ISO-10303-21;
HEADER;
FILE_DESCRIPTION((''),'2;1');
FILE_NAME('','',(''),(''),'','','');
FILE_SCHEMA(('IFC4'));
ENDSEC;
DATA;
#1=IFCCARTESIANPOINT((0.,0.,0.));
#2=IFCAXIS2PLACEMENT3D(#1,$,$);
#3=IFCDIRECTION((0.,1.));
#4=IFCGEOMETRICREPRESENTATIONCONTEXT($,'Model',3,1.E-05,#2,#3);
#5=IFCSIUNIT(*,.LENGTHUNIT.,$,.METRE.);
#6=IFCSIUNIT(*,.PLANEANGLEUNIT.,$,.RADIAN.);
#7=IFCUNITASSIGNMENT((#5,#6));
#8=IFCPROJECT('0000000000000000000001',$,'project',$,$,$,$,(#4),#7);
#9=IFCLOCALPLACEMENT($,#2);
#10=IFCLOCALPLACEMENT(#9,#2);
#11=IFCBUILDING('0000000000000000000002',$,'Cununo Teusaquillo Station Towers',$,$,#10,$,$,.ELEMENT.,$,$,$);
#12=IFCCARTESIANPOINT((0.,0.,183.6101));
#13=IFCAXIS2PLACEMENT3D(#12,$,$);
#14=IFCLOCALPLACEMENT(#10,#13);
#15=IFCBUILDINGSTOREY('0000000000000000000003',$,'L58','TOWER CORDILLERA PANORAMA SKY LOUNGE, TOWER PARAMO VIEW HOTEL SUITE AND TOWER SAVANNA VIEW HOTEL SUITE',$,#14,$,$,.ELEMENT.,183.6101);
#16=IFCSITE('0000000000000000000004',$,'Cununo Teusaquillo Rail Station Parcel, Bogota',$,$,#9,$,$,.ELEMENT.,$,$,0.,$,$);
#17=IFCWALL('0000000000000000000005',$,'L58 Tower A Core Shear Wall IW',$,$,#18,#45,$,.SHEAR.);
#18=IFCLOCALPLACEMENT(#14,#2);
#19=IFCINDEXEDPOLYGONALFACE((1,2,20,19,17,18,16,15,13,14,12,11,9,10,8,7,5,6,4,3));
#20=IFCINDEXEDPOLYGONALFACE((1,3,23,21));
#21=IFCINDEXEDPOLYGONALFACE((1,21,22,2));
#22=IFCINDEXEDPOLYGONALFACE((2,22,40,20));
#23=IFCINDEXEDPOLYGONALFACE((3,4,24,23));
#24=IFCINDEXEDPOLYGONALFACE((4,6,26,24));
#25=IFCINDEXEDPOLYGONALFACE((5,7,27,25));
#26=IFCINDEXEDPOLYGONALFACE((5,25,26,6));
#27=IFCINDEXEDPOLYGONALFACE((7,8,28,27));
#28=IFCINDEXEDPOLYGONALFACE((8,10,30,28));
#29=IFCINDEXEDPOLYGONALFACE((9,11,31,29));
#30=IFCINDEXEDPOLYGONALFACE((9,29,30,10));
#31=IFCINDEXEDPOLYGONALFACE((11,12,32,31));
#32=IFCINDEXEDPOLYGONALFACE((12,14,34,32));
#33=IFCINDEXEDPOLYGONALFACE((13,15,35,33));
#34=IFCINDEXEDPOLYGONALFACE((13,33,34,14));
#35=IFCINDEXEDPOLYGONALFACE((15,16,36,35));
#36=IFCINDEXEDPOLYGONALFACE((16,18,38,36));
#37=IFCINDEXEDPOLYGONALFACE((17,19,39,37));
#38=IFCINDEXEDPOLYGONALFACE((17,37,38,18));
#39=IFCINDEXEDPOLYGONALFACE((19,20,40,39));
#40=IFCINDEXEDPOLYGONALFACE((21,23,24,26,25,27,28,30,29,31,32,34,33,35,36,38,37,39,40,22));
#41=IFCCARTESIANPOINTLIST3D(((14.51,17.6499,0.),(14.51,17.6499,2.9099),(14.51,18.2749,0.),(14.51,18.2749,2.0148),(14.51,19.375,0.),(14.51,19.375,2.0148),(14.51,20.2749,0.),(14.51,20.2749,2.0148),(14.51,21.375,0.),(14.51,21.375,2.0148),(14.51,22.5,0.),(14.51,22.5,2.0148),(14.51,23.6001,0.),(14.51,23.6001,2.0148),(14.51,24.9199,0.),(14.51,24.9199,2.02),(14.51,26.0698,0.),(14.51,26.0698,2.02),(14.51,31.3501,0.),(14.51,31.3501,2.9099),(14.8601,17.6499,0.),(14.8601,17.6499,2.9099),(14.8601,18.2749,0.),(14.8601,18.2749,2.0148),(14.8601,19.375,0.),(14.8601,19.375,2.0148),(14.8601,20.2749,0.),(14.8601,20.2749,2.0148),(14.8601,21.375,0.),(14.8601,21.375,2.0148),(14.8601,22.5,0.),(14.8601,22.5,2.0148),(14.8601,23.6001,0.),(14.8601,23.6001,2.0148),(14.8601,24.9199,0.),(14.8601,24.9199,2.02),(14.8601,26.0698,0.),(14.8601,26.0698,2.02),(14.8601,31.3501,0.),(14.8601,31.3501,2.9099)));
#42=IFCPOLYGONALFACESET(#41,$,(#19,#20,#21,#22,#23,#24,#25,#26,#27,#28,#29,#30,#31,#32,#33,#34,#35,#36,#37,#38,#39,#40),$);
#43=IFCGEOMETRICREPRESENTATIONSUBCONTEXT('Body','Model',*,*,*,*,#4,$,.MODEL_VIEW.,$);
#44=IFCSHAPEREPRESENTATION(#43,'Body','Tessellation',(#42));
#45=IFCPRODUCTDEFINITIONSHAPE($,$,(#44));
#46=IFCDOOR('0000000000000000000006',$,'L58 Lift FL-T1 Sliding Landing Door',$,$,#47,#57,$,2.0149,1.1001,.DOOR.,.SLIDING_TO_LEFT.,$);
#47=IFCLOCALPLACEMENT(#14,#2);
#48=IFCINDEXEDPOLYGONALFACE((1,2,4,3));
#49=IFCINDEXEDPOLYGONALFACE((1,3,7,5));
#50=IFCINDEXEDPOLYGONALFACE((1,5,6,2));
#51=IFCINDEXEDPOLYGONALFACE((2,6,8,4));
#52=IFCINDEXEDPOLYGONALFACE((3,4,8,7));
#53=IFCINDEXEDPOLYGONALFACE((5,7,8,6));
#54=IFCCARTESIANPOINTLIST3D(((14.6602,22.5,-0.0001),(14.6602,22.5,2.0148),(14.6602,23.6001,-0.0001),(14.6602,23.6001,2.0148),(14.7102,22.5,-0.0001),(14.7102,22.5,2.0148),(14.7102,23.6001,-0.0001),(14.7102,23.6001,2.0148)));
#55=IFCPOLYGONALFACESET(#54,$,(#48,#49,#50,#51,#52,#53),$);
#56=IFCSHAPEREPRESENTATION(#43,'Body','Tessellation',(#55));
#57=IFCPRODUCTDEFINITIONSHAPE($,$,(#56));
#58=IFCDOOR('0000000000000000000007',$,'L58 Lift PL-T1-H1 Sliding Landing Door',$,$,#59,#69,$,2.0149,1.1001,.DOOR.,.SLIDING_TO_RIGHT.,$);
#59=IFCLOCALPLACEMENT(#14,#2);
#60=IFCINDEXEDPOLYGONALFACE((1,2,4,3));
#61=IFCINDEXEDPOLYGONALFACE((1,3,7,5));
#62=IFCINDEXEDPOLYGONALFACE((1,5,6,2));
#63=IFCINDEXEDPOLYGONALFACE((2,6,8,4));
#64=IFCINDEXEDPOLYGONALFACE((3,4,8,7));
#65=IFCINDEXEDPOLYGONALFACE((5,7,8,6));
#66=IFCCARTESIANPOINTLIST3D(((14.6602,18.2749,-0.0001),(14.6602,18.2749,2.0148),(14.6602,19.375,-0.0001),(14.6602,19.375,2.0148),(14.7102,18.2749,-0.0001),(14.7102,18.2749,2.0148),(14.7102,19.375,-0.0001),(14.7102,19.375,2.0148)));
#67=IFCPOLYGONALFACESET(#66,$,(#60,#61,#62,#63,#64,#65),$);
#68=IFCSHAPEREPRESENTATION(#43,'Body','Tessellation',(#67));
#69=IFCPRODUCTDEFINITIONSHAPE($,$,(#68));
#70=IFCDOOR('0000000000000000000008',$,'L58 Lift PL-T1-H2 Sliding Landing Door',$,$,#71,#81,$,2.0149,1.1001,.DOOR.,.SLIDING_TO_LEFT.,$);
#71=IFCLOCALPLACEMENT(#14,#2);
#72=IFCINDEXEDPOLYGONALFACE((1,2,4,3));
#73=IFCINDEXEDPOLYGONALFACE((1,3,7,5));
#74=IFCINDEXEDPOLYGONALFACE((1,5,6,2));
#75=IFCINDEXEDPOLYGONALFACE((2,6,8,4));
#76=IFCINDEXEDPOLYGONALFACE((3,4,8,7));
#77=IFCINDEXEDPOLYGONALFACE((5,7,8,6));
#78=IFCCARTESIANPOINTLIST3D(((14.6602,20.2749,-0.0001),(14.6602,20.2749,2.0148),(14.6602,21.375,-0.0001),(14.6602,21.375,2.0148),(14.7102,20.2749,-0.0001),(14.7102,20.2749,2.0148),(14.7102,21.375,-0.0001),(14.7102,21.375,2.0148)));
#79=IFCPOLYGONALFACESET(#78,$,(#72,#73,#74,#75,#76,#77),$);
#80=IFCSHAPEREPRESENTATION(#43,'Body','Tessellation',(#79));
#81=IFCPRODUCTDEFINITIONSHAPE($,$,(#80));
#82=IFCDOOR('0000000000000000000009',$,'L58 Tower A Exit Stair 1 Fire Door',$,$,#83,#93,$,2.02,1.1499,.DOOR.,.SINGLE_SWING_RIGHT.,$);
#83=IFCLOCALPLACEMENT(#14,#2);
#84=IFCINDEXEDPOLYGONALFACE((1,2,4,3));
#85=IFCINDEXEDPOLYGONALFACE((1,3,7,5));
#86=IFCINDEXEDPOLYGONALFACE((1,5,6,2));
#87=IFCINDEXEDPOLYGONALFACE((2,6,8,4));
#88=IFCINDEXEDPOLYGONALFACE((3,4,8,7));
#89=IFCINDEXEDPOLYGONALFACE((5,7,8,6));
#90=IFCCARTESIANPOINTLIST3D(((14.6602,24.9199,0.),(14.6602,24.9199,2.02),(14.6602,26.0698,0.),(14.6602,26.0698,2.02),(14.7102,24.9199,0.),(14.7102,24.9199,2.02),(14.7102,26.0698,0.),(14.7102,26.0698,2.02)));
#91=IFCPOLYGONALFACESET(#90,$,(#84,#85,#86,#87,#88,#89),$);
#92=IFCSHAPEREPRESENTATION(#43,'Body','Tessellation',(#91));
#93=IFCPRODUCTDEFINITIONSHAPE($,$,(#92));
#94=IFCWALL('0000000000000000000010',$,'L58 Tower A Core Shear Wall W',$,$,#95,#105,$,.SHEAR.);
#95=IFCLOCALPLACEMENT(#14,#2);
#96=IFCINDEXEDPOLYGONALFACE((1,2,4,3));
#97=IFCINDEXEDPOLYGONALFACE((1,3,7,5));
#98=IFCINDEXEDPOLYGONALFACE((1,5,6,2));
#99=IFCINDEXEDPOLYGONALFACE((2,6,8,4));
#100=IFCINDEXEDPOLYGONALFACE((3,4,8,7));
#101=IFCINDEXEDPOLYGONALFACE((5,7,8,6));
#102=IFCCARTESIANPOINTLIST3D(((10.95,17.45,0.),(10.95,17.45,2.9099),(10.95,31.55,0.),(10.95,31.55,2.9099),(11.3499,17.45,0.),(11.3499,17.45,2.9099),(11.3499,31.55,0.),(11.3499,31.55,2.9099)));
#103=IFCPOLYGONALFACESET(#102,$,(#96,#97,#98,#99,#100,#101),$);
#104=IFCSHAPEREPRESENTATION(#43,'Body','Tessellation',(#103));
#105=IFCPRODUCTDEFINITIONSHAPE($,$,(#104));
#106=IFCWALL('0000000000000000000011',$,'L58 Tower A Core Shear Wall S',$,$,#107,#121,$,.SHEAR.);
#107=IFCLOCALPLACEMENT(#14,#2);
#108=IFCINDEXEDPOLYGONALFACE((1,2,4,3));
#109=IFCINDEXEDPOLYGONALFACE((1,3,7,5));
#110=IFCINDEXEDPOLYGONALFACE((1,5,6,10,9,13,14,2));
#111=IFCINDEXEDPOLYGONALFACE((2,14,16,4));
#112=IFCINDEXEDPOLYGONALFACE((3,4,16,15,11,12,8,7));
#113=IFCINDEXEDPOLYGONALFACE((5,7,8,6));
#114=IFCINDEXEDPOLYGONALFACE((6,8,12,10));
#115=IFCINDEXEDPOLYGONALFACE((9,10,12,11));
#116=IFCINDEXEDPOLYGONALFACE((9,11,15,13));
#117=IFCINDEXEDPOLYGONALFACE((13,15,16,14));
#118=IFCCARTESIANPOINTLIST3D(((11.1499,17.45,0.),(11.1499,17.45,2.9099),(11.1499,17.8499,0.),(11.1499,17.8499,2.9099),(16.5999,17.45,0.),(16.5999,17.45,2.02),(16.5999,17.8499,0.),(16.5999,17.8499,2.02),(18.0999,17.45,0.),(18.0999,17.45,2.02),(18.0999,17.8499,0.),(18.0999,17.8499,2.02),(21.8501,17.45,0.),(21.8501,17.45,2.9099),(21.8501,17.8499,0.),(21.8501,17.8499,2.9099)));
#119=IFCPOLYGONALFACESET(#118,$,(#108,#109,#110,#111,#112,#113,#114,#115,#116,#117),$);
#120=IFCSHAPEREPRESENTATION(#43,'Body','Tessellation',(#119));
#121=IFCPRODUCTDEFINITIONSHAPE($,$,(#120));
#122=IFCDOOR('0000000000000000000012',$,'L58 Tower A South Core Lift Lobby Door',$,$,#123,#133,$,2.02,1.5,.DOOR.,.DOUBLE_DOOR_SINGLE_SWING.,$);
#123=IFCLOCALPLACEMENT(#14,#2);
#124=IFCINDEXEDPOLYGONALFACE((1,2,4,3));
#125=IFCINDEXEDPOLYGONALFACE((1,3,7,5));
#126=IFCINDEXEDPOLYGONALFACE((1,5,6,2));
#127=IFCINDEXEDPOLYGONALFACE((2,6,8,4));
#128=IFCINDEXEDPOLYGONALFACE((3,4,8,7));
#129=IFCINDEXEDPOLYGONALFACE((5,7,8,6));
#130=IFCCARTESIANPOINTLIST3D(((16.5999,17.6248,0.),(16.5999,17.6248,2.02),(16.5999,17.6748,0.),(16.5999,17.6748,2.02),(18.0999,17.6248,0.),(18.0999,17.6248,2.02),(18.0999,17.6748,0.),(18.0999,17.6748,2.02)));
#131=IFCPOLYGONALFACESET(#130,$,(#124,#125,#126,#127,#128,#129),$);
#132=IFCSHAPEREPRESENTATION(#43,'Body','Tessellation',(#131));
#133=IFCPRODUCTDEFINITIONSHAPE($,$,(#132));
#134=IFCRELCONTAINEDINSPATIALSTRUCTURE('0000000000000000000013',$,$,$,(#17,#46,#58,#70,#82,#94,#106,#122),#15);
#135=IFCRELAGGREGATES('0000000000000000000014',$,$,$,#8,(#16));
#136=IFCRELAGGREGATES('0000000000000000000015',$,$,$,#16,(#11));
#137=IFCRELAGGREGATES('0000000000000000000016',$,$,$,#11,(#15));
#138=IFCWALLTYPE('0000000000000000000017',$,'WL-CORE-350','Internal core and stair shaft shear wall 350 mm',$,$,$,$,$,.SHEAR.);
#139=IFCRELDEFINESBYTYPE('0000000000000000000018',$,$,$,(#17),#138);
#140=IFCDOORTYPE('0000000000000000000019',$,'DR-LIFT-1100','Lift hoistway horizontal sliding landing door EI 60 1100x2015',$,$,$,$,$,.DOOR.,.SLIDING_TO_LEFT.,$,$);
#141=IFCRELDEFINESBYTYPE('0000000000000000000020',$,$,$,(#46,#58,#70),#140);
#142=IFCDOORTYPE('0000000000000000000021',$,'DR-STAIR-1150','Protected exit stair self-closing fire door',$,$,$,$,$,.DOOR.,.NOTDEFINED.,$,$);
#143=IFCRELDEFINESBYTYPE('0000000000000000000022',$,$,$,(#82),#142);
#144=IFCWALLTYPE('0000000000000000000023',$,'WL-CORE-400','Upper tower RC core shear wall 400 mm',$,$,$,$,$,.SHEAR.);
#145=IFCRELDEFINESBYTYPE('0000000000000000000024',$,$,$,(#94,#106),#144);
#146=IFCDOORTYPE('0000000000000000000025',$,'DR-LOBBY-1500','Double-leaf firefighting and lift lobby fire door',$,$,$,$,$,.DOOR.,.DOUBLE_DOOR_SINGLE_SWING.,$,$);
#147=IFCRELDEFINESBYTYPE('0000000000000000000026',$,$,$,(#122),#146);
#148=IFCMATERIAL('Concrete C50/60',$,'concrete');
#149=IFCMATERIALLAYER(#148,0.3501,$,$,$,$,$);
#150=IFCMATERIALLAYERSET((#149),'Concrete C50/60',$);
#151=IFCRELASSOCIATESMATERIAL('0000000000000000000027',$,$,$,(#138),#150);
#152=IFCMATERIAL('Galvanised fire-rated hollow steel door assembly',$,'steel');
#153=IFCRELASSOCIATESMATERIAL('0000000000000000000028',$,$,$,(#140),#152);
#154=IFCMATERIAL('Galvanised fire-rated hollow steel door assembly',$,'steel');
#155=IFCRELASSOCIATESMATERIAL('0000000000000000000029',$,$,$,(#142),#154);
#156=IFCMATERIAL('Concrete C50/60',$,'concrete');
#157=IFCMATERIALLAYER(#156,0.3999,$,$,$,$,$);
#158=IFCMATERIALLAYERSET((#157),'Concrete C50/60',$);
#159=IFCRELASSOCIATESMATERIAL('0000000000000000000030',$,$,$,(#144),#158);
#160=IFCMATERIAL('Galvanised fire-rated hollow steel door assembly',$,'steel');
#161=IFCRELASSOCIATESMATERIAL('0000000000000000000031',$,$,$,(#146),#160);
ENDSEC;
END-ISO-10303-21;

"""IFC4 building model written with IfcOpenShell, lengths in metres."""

from ifc_helpers import new_model, si_unit, direction, frame, frame_2d, origin, place, context, subcontext, project, spatial, rectangle, extrude, source, transform, mapped, material, layer, layer_set, type_object, element, fill, save


model = new_model("IFC4")

# Units and contexts
model_context = context("Model", 3, precision=1e-05, world=origin(), true_north=direction((0.0, 1.0)))
body_context = subcontext(model_context, "Body", "Model", "MODEL_VIEW")
ifc_project = project(units=[si_unit("LENGTHUNIT", "METRE"), si_unit("PLANEANGLEUNIT", "RADIAN")], contexts=[model_context])

# Site, building, storey
site_placement = place(None, origin())
site = spatial("IfcSite", under=ifc_project, at=site_placement, Name="Cununo Teusaquillo Rail Station Parcel, Bogota", CompositionType="ELEMENT", RefElevation=0.0)
building_placement = place(site_placement, origin())
building = spatial("IfcBuilding", under=site, at=building_placement, Name="Cununo Teusaquillo Station Towers", CompositionType="ELEMENT")
storey_placement = place(building_placement, frame((0.0, 0.0, 183.6101)))
storey = spatial("IfcBuildingStorey", under=building, at=storey_placement, Name="L58", Description="TOWER CORDILLERA PANORAMA SKY LOUNGE, TOWER PARAMO VIEW HOTEL SUITE AND TOWER SAVANNA VIEW HOTEL SUITE", CompositionType="ELEMENT", Elevation=183.6101)

# Wall, openings, doors
ifc_material_1 = material(Name="Concrete C50/60", Category="concrete")
ifc_layer_1 = layer(ifc_material_1, 0.3501)
ifc_layer_set_1 = layer_set([ifc_layer_1], Name="Concrete C50/60")
wall_type_1 = type_object("IfcWallType", Name="WL-CORE-350", Description="Internal core and stair shaft shear wall 350 mm", PredefinedType="SHEAR", material=ifc_layer_set_1)
wall_1_placement = place(storey_placement, frame((14.6851, 17.6499, 0.0), z_axis=(0.0, 0.0, 1.0), x_axis=(0.0, 1.0, 0.0)))
wall_1 = element("IfcWall", 1, at=wall_1_placement, inside=storey, type_object=wall_type_1, Name="L58 Tower A Core Shear Wall IW", PredefinedType="SHEAR", context=body_context, shape_type="SweptSolid", body=[
    extrude(rectangle(XDim=13.7002, YDim=0.3501, at=frame_2d((6.8501, 0.0))), origin(), (0.0, 0.0, 1.0), 2.9099),
])
shared_shape_1 = source(origin(), body_context, "Body", "SweptSolid", [
    extrude(rectangle(XDim=1.1001, YDim=2.0149, at=frame_2d((0.55, 1.0073))), frame((0.0, 0.1851, 0.0), z_axis=(0.0, -1.0, 0.0), x_axis=(1.0, 0.0, 0.0)), (0.0, 0.0, 1.0), 0.3701),
])
opening_1_placement = place(wall_1_placement, frame((4.8501, 0.0, 0.0)))
opening_1 = element("IfcOpeningElement", 2, at=opening_1_placement, cuts=wall_1, PredefinedType="OPENING", context=body_context, shape_type="MappedRepresentation", body=[
    mapped(shared_shape_1, transform((0.0, 0.0, 0.0), x_axis=(1.0, 0.0, 0.0), y_axis=(0.0, 1.0, 0.0), z_axis=(0.0, 0.0, 1.0), scale=1.0)),
])
opening_2_placement = place(wall_1_placement, frame((0.625, 0.0, 0.0)))
opening_2 = element("IfcOpeningElement", 3, at=opening_2_placement, cuts=wall_1, PredefinedType="OPENING", context=body_context, shape_type="MappedRepresentation", body=[
    mapped(shared_shape_1, transform((0.0, 0.0, 0.0), x_axis=(1.0, 0.0, 0.0), y_axis=(0.0, 1.0, 0.0), z_axis=(0.0, 0.0, 1.0), scale=1.0)),
])
opening_3_placement = place(wall_1_placement, frame((2.625, 0.0, 0.0)))
opening_3 = element("IfcOpeningElement", 4, at=opening_3_placement, cuts=wall_1, PredefinedType="OPENING", context=body_context, shape_type="MappedRepresentation", body=[
    mapped(shared_shape_1, transform((0.0, 0.0, 0.0), x_axis=(1.0, 0.0, 0.0), y_axis=(0.0, 1.0, 0.0), z_axis=(0.0, 0.0, 1.0), scale=1.0)),
])
shared_shape_2 = source(origin(), body_context, "Body", "SweptSolid", [
    extrude(rectangle(XDim=1.1499, YDim=2.02, at=frame_2d((0.575, 1.01))), frame((0.0, 0.1851, 0.0), z_axis=(0.0, -1.0, 0.0), x_axis=(1.0, 0.0, 0.0)), (0.0, 0.0, 1.0), 0.3701),
])
opening_4_placement = place(wall_1_placement, frame((7.27, 0.0, 0.0)))
opening_4 = element("IfcOpeningElement", 5, at=opening_4_placement, cuts=wall_1, PredefinedType="OPENING", context=body_context, shape_type="MappedRepresentation", body=[
    mapped(shared_shape_2, transform((0.0, 0.0, 0.0), x_axis=(1.0, 0.0, 0.0), y_axis=(0.0, 1.0, 0.0), z_axis=(0.0, 0.0, 1.0), scale=1.0)),
])
ifc_material_2 = material(Name="Galvanised fire-rated hollow steel door assembly", Category="steel")
door_type_1 = type_object("IfcDoorType", Name="DR-LIFT-1100", Description="Lift hoistway horizontal sliding landing door EI 60 1100x2015", OperationType="SLIDING_TO_LEFT", PredefinedType="DOOR", material=ifc_material_2)
shared_shape_3 = source(origin(), body_context, "Body", "SweptSolid", [
    extrude(rectangle(XDim=1.1001, YDim=2.0149, at=frame_2d((0.55, 1.0073))), frame((0.0, 0.0249, 0.0), z_axis=(0.0, -1.0, 0.0), x_axis=(1.0, 0.0, 0.0)), (0.0, 0.0, 1.0), 0.05),
])
door_1_placement = place(opening_1_placement, origin())
door_1 = element("IfcDoor", 6, at=door_1_placement, inside=storey, type_object=door_type_1, Name="L58 Lift FL-T1 Sliding Landing Door", OperationType="SLIDING_TO_LEFT", OverallHeight=2.0149, OverallWidth=1.1001, PredefinedType="DOOR", context=body_context, shape_type="MappedRepresentation", body=[
    mapped(shared_shape_3, transform((0.0, 0.0, 0.0), x_axis=(1.0, 0.0, 0.0), y_axis=(0.0, 1.0, 0.0), z_axis=(0.0, 0.0, 1.0), scale=1.0)),
])
fill(opening_1, door_1)
door_2_placement = place(opening_2_placement, origin())
door_2 = element("IfcDoor", 7, at=door_2_placement, inside=storey, type_object=door_type_1, Name="L58 Lift PL-T1-H1 Sliding Landing Door", OperationType="SLIDING_TO_RIGHT", OverallHeight=2.0149, OverallWidth=1.1001, PredefinedType="DOOR", context=body_context, shape_type="MappedRepresentation", body=[
    mapped(shared_shape_3, transform((0.0, 0.0, 0.0), x_axis=(1.0, 0.0, 0.0), y_axis=(0.0, 1.0, 0.0), z_axis=(0.0, 0.0, 1.0), scale=1.0)),
])
fill(opening_2, door_2)
door_3_placement = place(opening_3_placement, origin())
door_3 = element("IfcDoor", 8, at=door_3_placement, inside=storey, type_object=door_type_1, Name="L58 Lift PL-T1-H2 Sliding Landing Door", OperationType="SLIDING_TO_LEFT", OverallHeight=2.0149, OverallWidth=1.1001, PredefinedType="DOOR", context=body_context, shape_type="MappedRepresentation", body=[
    mapped(shared_shape_3, transform((0.0, 0.0, 0.0), x_axis=(1.0, 0.0, 0.0), y_axis=(0.0, 1.0, 0.0), z_axis=(0.0, 0.0, 1.0), scale=1.0)),
])
fill(opening_3, door_3)
ifc_material_3 = material(Name="Galvanised fire-rated hollow steel door assembly", Category="steel")
door_type_2 = type_object("IfcDoorType", Name="DR-STAIR-1150", Description="Protected exit stair self-closing fire door", OperationType="NOTDEFINED", PredefinedType="DOOR", material=ifc_material_3)
shared_shape_4 = source(origin(), body_context, "Body", "SweptSolid", [
    extrude(rectangle(XDim=1.1499, YDim=2.02, at=frame_2d((0.575, 1.01))), frame((0.0, 0.0249, 0.0), z_axis=(0.0, -1.0, 0.0), x_axis=(1.0, 0.0, 0.0)), (0.0, 0.0, 1.0), 0.05),
])
door_4_placement = place(opening_4_placement, origin())
door_4 = element("IfcDoor", 9, at=door_4_placement, inside=storey, type_object=door_type_2, Name="L58 Tower A Exit Stair 1 Fire Door", OperationType="SINGLE_SWING_RIGHT", OverallHeight=2.02, OverallWidth=1.1499, PredefinedType="DOOR", context=body_context, shape_type="MappedRepresentation", body=[
    mapped(shared_shape_4, transform((0.0, 0.0, 0.0), x_axis=(1.0, 0.0, 0.0), y_axis=(0.0, 1.0, 0.0), z_axis=(0.0, 0.0, 1.0), scale=1.0)),
])
fill(opening_4, door_4)

# Wall
ifc_material_4 = material(Name="Concrete C50/60", Category="concrete")
ifc_layer_2 = layer(ifc_material_4, 0.3999)
ifc_layer_set_2 = layer_set([ifc_layer_2], Name="Concrete C50/60")
wall_type_2 = type_object("IfcWallType", Name="WL-CORE-400", Description="Upper tower RC core shear wall 400 mm", PredefinedType="SHEAR", material=ifc_layer_set_2)
wall_2_placement = place(storey_placement, frame((11.1499, 17.45, 0.0), z_axis=(0.0, 0.0, 1.0), x_axis=(0.0, 1.0, 0.0)))
element("IfcWall", 10, at=wall_2_placement, inside=storey, type_object=wall_type_2, Name="L58 Tower A Core Shear Wall W", PredefinedType="SHEAR", context=body_context, shape_type="SweptSolid", body=[
    extrude(rectangle(XDim=14.1001, YDim=0.3999, at=frame_2d((7.05, 0.0))), origin(), (0.0, 0.0, 1.0), 2.9099),
])

# Wall, opening, door
wall_3_placement = place(storey_placement, frame((11.1499, 17.6499, 0.0), z_axis=(0.0, 0.0, 1.0), x_axis=(1.0, 0.0, 0.0)))
wall_3 = element("IfcWall", 11, at=wall_3_placement, inside=storey, type_object=wall_type_2, Name="L58 Tower A Core Shear Wall S", PredefinedType="SHEAR", context=body_context, shape_type="SweptSolid", body=[
    extrude(rectangle(XDim=10.7002, YDim=0.3999, at=frame_2d((5.3501, 0.0))), origin(), (0.0, 0.0, 1.0), 2.9099),
])
shared_shape_5 = source(origin(), body_context, "Body", "SweptSolid", [
    extrude(rectangle(XDim=1.5, YDim=2.02, at=frame_2d((0.75, 1.01))), frame((0.0, 0.21, 0.0), z_axis=(0.0, -1.0, 0.0), x_axis=(1.0, 0.0, 0.0)), (0.0, 0.0, 1.0), 0.4199),
])
opening_5_placement = place(wall_3_placement, frame((5.45, 0.0, 0.0)))
opening_5 = element("IfcOpeningElement", 12, at=opening_5_placement, cuts=wall_3, PredefinedType="OPENING", context=body_context, shape_type="MappedRepresentation", body=[
    mapped(shared_shape_5, transform((0.0, 0.0, 0.0), x_axis=(1.0, 0.0, 0.0), y_axis=(0.0, 1.0, 0.0), z_axis=(0.0, 0.0, 1.0), scale=1.0)),
])
ifc_material_5 = material(Name="Galvanised fire-rated hollow steel door assembly", Category="steel")
door_type_3 = type_object("IfcDoorType", Name="DR-LOBBY-1500", Description="Double-leaf firefighting and lift lobby fire door", OperationType="DOUBLE_DOOR_SINGLE_SWING", PredefinedType="DOOR", material=ifc_material_5)
shared_shape_6 = source(origin(), body_context, "Body", "SweptSolid", [
    extrude(rectangle(XDim=1.5, YDim=2.02, at=frame_2d((0.75, 1.01))), frame((0.0, 0.0249, 0.0), z_axis=(0.0, -1.0, 0.0), x_axis=(1.0, 0.0, 0.0)), (0.0, 0.0, 1.0), 0.05),
])
door_5_placement = place(opening_5_placement, origin())
door_5 = element("IfcDoor", 13, at=door_5_placement, inside=storey, type_object=door_type_3, Name="L58 Tower A South Core Lift Lobby Door", OperationType="DOUBLE_DOOR_SINGLE_SWING", OverallHeight=2.02, OverallWidth=1.5, PredefinedType="DOOR", context=body_context, shape_type="MappedRepresentation", body=[
    mapped(shared_shape_6, transform((0.0, 0.0, 0.0), x_axis=(1.0, 0.0, 0.0), y_axis=(0.0, 1.0, 0.0), z_axis=(0.0, 0.0, 1.0), scale=1.0)),
])
fill(opening_5, door_5)

save(model, "model.ifc")
